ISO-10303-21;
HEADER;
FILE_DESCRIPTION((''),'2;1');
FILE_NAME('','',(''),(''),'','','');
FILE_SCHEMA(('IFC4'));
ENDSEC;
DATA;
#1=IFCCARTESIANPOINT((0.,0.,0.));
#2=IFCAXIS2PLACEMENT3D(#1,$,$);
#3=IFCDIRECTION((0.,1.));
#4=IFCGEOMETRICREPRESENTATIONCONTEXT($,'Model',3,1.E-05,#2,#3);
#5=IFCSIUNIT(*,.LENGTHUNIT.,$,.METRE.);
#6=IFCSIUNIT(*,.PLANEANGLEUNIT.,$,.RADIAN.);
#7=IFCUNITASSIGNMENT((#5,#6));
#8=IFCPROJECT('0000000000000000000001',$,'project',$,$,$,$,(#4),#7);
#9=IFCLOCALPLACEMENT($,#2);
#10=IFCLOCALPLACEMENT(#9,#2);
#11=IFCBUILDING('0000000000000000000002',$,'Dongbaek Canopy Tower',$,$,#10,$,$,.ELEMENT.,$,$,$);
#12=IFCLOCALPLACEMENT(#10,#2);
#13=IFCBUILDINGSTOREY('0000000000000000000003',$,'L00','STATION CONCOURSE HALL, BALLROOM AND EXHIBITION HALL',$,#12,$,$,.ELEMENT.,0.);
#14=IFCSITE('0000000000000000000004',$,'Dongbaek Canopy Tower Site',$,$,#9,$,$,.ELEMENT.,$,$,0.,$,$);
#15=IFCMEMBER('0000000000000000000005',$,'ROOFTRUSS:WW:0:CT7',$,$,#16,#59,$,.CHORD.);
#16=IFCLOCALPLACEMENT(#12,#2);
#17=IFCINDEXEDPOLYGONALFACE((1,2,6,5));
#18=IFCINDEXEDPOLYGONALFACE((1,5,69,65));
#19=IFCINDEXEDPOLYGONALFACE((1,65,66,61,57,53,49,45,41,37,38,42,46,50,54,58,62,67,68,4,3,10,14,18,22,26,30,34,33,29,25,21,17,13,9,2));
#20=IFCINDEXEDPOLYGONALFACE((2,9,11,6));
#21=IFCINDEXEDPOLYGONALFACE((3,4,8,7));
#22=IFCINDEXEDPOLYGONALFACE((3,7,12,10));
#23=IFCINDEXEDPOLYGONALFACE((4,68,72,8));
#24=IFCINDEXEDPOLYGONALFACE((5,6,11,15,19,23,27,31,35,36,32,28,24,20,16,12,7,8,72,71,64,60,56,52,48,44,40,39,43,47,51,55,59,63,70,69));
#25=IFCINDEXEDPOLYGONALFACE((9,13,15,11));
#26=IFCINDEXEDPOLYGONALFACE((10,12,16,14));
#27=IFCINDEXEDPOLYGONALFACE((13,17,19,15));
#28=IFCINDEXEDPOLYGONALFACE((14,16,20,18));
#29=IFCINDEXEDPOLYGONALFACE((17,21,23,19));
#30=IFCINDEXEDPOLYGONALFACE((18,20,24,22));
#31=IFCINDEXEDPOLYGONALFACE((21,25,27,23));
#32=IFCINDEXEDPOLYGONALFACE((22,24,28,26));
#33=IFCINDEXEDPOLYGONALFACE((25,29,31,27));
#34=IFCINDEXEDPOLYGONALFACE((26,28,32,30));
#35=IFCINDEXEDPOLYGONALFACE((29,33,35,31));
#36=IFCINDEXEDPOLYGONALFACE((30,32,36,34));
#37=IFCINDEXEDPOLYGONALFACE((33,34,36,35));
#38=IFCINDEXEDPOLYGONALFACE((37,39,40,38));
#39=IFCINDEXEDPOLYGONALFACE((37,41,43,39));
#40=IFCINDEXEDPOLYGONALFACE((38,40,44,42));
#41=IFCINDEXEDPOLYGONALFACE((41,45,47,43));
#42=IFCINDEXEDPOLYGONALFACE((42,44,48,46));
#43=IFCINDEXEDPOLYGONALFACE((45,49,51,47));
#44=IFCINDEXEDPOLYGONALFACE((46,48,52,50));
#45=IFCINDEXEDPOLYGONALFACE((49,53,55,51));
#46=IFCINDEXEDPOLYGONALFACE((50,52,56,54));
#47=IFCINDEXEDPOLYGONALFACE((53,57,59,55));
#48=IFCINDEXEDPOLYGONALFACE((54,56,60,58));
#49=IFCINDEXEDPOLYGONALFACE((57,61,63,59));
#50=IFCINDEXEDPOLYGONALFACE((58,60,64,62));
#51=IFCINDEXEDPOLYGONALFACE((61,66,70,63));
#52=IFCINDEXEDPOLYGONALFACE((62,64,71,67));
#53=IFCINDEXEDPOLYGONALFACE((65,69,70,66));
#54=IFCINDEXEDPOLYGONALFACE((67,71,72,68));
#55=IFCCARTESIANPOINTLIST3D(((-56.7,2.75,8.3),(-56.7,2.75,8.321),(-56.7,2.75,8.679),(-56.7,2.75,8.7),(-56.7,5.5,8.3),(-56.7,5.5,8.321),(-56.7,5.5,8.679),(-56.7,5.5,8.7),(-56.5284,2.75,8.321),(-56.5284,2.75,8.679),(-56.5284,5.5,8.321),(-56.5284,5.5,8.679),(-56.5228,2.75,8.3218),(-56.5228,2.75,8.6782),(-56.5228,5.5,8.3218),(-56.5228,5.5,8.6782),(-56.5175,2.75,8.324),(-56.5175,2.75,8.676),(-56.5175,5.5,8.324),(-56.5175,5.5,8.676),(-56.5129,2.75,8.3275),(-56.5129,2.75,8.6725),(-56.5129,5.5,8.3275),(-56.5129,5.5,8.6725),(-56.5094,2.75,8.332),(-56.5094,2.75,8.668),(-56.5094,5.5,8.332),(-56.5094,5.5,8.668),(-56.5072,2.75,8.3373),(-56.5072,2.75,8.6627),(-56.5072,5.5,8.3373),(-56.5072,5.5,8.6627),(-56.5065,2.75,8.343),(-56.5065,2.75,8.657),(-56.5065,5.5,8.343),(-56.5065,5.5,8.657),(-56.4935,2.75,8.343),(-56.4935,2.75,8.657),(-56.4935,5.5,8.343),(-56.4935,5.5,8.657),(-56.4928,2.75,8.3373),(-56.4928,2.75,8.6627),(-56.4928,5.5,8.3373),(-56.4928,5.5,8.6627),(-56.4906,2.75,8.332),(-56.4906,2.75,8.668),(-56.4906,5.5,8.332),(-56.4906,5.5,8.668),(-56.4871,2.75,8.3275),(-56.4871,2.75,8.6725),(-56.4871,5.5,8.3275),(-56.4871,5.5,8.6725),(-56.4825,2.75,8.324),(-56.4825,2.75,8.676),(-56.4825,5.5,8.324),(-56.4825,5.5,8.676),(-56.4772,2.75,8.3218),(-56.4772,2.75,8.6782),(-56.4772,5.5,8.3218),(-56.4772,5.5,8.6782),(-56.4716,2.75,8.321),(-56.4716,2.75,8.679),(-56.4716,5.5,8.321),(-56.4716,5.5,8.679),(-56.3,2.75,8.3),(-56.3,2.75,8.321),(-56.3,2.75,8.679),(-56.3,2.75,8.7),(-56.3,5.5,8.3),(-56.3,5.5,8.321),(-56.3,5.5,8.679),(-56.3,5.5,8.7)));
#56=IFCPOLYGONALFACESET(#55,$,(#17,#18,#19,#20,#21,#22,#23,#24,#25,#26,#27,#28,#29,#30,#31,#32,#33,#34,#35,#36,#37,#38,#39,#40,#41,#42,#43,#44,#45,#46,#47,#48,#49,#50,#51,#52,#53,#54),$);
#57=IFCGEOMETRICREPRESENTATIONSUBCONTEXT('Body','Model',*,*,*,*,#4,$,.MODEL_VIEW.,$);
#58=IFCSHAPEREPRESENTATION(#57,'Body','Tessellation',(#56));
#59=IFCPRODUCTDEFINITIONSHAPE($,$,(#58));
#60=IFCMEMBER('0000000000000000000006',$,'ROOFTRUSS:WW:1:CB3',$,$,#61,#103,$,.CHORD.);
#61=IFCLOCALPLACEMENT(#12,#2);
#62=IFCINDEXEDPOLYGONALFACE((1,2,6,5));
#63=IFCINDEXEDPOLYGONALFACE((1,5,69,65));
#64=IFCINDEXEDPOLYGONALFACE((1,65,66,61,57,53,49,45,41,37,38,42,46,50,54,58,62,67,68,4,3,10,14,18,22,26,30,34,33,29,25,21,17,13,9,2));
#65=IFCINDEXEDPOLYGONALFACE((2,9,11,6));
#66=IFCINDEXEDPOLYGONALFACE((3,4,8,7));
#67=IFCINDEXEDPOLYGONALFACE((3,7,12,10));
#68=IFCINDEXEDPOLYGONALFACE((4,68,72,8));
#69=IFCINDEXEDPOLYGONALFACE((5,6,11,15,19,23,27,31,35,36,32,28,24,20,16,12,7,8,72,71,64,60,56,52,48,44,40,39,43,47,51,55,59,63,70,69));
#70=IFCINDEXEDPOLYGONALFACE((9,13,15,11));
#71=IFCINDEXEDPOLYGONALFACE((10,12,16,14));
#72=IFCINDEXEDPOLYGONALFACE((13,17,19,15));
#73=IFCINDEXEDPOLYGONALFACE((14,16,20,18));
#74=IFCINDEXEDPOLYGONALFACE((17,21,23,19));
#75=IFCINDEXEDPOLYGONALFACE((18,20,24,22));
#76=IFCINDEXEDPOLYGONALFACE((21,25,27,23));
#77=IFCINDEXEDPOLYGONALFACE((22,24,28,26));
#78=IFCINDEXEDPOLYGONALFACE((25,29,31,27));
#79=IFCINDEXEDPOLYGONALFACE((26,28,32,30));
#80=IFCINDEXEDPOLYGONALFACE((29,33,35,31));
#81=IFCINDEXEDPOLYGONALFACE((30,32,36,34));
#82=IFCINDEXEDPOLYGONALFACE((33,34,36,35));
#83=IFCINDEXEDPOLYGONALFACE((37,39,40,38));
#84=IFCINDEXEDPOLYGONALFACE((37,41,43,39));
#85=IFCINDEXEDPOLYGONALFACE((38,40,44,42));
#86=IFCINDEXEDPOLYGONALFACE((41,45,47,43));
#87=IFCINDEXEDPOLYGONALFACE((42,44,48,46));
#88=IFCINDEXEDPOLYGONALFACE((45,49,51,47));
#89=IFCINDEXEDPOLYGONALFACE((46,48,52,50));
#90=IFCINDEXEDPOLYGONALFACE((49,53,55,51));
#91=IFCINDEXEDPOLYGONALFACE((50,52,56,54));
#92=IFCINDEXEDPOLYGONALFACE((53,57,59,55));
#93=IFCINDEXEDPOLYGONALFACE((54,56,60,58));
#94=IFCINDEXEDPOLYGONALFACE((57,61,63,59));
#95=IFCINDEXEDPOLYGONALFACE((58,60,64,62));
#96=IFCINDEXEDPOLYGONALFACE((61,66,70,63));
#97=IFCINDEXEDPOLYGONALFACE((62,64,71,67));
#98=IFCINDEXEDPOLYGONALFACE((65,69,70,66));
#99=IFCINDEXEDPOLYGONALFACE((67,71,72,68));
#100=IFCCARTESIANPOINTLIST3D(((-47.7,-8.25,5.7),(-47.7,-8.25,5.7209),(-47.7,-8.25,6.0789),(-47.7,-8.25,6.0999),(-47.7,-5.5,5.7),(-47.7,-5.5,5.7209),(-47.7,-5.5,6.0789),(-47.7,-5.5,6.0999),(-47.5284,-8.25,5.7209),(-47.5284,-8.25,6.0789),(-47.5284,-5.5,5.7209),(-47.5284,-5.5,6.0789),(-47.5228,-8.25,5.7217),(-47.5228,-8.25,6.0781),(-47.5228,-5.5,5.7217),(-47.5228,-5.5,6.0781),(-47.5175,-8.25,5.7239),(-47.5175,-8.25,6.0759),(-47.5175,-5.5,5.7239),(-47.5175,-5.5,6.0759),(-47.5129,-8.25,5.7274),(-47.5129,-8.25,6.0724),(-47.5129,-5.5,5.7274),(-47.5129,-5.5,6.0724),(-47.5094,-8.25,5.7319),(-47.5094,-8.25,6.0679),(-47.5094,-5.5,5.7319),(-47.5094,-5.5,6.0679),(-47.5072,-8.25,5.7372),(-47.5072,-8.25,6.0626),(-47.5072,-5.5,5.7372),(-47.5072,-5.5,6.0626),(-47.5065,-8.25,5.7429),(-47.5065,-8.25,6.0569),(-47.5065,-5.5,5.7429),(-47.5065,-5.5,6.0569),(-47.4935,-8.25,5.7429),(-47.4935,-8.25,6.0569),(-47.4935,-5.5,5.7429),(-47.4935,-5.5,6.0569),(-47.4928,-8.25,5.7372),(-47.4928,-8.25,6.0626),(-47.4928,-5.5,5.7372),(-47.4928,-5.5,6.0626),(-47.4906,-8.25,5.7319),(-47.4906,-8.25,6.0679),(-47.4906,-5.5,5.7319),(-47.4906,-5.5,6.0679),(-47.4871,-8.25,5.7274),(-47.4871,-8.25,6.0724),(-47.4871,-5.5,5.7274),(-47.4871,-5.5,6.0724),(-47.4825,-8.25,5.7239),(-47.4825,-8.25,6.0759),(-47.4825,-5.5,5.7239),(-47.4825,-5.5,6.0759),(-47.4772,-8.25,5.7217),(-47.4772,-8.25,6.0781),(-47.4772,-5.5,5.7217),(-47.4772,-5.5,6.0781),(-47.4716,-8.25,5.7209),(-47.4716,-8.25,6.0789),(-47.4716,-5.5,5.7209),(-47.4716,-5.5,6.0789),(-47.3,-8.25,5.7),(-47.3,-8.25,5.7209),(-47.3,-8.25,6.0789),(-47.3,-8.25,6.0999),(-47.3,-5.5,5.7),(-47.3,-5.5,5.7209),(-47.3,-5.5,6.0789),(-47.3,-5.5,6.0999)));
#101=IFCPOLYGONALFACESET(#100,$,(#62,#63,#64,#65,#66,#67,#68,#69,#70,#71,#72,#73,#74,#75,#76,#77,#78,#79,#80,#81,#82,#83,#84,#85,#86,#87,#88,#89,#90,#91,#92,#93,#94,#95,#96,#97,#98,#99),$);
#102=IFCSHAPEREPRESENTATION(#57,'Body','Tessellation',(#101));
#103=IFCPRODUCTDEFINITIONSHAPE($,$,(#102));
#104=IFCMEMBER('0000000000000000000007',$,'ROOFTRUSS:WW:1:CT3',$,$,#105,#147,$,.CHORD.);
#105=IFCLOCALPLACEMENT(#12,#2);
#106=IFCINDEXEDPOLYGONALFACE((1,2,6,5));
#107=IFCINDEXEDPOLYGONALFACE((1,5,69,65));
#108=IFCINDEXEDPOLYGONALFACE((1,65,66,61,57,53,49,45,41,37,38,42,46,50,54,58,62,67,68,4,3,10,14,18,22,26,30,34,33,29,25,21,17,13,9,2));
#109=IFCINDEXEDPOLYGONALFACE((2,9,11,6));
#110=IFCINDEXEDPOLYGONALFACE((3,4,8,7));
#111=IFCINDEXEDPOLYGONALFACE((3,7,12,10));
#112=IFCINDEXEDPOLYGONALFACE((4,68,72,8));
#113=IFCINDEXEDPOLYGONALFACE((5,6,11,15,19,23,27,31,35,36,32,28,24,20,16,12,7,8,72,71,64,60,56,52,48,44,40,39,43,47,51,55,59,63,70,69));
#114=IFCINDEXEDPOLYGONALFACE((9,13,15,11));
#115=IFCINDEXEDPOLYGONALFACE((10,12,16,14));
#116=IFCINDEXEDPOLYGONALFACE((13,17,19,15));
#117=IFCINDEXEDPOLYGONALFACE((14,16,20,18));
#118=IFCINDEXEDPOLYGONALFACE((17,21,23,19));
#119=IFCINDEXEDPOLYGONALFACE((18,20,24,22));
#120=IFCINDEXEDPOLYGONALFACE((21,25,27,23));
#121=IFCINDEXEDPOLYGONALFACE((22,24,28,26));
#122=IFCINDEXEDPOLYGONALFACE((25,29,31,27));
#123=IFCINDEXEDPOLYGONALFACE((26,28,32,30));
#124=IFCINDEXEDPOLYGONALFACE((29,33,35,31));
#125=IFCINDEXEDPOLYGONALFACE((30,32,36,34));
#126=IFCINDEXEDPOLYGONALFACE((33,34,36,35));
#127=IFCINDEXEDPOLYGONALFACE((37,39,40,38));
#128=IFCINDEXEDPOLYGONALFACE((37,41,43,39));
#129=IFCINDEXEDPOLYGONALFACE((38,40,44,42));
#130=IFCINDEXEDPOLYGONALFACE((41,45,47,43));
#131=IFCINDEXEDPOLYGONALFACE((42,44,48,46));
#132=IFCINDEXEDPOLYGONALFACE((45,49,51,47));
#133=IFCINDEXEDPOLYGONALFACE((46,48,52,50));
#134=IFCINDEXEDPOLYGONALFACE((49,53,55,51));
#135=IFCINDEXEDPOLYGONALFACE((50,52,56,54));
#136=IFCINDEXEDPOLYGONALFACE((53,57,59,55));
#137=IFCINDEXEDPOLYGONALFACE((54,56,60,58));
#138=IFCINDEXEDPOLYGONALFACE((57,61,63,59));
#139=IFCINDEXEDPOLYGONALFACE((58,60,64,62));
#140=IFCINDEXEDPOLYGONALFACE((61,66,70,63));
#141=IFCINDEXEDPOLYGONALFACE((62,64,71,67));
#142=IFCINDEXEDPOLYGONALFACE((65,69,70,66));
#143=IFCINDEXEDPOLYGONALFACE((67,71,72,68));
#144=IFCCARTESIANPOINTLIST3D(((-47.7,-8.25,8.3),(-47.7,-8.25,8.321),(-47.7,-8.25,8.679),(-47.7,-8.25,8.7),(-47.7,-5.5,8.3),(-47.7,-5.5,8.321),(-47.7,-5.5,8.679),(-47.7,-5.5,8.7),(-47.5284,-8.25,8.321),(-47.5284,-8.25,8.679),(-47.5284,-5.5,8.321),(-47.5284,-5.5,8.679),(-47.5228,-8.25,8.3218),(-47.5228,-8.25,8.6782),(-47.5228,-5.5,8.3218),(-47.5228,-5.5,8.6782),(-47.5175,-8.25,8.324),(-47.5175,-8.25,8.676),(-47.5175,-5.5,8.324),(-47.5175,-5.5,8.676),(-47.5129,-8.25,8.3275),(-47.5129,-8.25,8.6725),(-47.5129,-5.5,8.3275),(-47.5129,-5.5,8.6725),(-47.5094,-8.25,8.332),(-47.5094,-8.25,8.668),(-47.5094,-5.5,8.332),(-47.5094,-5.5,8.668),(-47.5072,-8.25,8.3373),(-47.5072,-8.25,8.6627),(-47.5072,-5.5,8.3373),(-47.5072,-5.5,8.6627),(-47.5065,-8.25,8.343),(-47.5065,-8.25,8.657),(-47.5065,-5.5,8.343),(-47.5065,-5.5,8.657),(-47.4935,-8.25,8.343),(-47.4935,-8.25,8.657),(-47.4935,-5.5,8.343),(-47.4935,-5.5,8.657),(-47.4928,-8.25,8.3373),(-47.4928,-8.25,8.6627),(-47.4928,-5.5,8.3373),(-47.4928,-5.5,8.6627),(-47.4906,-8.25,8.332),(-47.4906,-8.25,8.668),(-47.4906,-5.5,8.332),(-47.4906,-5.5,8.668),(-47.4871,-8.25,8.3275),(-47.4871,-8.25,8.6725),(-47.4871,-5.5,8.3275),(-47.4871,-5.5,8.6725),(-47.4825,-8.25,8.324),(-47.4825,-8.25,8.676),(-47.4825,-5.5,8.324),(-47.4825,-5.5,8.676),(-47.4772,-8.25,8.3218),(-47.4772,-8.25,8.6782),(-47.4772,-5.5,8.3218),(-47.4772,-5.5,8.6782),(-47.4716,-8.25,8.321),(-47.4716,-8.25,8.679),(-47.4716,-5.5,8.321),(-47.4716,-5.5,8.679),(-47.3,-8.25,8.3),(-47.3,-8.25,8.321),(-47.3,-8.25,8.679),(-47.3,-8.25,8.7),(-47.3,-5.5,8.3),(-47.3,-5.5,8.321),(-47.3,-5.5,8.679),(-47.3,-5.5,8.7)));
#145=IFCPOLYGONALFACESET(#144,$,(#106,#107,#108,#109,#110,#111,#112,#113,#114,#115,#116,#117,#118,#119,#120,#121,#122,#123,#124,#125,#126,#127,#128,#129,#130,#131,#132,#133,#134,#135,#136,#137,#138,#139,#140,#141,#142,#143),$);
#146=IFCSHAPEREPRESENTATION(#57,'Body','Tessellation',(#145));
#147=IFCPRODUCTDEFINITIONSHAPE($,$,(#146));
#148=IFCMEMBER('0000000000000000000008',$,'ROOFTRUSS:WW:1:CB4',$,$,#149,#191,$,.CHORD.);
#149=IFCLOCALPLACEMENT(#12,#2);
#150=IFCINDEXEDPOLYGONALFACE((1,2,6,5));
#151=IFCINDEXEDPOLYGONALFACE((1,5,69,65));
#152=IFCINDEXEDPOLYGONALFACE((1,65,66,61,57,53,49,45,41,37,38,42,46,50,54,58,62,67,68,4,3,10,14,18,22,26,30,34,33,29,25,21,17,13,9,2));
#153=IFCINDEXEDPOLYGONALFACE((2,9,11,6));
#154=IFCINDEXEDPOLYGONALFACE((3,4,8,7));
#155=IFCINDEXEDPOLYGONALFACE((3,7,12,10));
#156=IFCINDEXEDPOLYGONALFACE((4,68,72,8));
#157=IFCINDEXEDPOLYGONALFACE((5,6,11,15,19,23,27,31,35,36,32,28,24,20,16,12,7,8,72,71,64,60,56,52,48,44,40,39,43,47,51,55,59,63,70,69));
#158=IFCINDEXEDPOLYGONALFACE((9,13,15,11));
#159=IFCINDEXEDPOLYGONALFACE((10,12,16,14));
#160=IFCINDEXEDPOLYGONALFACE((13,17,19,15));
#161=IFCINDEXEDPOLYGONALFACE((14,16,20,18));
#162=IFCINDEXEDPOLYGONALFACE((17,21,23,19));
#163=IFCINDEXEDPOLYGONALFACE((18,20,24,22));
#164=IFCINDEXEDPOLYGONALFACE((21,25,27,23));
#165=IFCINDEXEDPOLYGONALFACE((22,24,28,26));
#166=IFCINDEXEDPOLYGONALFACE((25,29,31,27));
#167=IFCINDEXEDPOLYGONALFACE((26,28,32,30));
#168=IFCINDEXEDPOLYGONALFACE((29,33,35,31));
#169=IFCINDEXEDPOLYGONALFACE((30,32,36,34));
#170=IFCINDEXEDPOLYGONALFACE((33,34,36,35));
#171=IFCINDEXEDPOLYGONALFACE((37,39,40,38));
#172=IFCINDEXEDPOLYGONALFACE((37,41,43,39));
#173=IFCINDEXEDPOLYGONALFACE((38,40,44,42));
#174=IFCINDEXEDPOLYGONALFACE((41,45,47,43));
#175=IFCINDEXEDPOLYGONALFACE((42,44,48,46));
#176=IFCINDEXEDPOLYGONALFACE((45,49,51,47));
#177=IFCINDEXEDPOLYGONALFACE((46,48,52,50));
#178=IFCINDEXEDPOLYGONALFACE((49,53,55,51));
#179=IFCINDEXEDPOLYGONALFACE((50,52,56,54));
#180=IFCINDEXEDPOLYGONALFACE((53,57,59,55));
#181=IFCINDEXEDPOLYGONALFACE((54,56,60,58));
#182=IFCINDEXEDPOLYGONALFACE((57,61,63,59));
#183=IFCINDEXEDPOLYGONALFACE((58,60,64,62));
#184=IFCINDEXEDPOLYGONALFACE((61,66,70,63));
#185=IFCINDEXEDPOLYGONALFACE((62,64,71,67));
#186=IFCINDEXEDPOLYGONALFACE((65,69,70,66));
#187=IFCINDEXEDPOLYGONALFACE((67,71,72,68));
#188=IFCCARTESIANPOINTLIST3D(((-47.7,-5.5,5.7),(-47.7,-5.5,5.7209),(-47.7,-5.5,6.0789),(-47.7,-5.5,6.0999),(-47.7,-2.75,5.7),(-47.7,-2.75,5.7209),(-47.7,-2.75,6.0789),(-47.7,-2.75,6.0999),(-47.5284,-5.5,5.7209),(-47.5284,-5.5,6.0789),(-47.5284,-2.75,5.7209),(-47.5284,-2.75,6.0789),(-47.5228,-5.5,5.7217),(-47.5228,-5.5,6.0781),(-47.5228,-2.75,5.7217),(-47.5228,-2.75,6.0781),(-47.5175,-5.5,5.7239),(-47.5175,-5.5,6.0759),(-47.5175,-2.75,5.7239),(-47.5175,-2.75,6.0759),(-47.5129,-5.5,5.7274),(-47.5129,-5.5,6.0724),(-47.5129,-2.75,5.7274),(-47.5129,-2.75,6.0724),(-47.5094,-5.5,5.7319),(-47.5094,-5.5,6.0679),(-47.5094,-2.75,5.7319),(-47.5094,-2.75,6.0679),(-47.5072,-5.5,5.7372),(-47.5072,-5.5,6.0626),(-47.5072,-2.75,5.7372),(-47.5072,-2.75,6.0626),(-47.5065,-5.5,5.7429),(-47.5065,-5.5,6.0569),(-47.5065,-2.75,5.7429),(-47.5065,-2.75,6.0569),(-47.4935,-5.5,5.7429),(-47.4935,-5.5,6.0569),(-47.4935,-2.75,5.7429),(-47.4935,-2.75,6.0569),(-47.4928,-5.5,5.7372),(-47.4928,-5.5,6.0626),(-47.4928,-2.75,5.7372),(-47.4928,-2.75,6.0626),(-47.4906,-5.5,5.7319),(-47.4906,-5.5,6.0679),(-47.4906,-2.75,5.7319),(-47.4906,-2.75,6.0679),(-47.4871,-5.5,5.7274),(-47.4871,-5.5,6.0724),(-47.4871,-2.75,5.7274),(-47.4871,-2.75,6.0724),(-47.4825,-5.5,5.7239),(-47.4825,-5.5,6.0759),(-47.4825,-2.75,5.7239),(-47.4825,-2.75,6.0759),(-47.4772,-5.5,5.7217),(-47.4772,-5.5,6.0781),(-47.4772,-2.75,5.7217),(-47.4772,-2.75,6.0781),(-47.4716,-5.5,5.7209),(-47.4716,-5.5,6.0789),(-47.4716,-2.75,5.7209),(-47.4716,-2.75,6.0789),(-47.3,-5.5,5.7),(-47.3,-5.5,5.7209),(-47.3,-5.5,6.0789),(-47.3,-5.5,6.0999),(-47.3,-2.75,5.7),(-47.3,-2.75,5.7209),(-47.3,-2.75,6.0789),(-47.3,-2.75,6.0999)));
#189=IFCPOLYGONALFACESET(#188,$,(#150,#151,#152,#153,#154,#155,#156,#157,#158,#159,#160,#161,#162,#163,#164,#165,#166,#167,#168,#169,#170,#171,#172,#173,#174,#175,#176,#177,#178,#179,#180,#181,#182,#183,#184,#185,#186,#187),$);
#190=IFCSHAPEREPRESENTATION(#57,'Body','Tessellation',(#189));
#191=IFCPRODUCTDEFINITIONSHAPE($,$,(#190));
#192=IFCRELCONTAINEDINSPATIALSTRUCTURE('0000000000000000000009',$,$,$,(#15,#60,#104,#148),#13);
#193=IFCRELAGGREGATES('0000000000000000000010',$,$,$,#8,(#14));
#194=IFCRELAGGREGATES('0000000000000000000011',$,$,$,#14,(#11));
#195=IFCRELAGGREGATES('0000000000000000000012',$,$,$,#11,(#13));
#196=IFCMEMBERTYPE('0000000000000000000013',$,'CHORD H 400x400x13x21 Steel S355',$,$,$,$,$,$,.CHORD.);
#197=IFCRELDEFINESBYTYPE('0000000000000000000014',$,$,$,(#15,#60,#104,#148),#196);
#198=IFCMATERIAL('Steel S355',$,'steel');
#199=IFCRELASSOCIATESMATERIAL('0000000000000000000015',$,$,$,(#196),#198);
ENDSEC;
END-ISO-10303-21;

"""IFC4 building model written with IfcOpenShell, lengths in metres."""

from ifc_helpers import new_model, si_unit, direction, frame, origin, origin_2d, place, context, subcontext, project, spatial, i_section, extrude, material, material_profile, profile_set, type_object, element, save


model = new_model("IFC4")

# Units and contexts
model_context = context("Model", 3, precision=1e-05, world=origin(), true_north=direction((0.0, 1.0)))
body_context = subcontext(model_context, "Body", "Model", "MODEL_VIEW")
ifc_project = project(units=[si_unit("LENGTHUNIT", "METRE"), si_unit("PLANEANGLEUNIT", "RADIAN")], contexts=[model_context])

# Site, building, storey
site_placement = place(None, origin())
site = spatial("IfcSite", under=ifc_project, at=site_placement, Name="Dongbaek Canopy Tower Site", CompositionType="ELEMENT", RefElevation=0.0)
building_placement = place(site_placement, origin())
building = spatial("IfcBuilding", under=site, at=building_placement, Name="Dongbaek Canopy Tower", CompositionType="ELEMENT")
storey_placement = place(building_placement, origin())
storey = spatial("IfcBuildingStorey", under=building, at=storey_placement, Name="L00", Description="STATION CONCOURSE HALL, BALLROOM AND EXHIBITION HALL", CompositionType="ELEMENT", Elevation=0.0)

# Members
ifc_material_1 = material(Name="Steel S355", Category="steel")
ifc_material_profile_1 = material_profile(ifc_material_1, i_section(OverallWidth=0.3999, OverallDepth=0.3999, WebThickness=0.0129, FlangeThickness=0.021, FilletRadius=0.022, at=origin_2d()), Name="CHORD H 400x400x13x21 Steel S355")
ifc_profile_set_1 = profile_set([ifc_material_profile_1], Name="Steel S355")
member_type_1 = type_object("IfcMemberType", Name="CHORD H 400x400x13x21 Steel S355", PredefinedType="CHORD", material=ifc_profile_set_1)
for number, where, z_axis, x_axis, name in (
    (1, (-56.5, 2.75, 8.5), (0.0, 1.0, 0.0), (-1.0, 0.0, 0.0), "ROOFTRUSS:WW:0:CT7"),
    (2, (-47.5, -8.25, 5.8999), (0.0, 1.0, 0.0), (-1.0, 0.0, 0.0), "ROOFTRUSS:WW:1:CB3"),
    (3, (-47.5, -8.25, 8.5), (0.0, 1.0, 0.0), (-1.0, 0.0, 0.0), "ROOFTRUSS:WW:1:CT3"),
    (4, (-47.5, -5.5, 5.8999), (0.0, 1.0, 0.0), (-1.0, 0.0, 0.0), "ROOFTRUSS:WW:1:CB4"),
):
    element("IfcMember", number, at=place(storey_placement, frame(where, z_axis=z_axis, x_axis=x_axis)), inside=storey, type_object=member_type_1, Name=name, PredefinedType="CHORD", context=body_context, shape_type="SweptSolid", body=[
        extrude(i_section(OverallWidth=0.3999, OverallDepth=0.3999, WebThickness=0.0129, FlangeThickness=0.021, FilletRadius=0.022, at=origin_2d()), origin(), (0.0, 0.0, 1.0), 2.75),
    ])

save(model, "model.ifc")
